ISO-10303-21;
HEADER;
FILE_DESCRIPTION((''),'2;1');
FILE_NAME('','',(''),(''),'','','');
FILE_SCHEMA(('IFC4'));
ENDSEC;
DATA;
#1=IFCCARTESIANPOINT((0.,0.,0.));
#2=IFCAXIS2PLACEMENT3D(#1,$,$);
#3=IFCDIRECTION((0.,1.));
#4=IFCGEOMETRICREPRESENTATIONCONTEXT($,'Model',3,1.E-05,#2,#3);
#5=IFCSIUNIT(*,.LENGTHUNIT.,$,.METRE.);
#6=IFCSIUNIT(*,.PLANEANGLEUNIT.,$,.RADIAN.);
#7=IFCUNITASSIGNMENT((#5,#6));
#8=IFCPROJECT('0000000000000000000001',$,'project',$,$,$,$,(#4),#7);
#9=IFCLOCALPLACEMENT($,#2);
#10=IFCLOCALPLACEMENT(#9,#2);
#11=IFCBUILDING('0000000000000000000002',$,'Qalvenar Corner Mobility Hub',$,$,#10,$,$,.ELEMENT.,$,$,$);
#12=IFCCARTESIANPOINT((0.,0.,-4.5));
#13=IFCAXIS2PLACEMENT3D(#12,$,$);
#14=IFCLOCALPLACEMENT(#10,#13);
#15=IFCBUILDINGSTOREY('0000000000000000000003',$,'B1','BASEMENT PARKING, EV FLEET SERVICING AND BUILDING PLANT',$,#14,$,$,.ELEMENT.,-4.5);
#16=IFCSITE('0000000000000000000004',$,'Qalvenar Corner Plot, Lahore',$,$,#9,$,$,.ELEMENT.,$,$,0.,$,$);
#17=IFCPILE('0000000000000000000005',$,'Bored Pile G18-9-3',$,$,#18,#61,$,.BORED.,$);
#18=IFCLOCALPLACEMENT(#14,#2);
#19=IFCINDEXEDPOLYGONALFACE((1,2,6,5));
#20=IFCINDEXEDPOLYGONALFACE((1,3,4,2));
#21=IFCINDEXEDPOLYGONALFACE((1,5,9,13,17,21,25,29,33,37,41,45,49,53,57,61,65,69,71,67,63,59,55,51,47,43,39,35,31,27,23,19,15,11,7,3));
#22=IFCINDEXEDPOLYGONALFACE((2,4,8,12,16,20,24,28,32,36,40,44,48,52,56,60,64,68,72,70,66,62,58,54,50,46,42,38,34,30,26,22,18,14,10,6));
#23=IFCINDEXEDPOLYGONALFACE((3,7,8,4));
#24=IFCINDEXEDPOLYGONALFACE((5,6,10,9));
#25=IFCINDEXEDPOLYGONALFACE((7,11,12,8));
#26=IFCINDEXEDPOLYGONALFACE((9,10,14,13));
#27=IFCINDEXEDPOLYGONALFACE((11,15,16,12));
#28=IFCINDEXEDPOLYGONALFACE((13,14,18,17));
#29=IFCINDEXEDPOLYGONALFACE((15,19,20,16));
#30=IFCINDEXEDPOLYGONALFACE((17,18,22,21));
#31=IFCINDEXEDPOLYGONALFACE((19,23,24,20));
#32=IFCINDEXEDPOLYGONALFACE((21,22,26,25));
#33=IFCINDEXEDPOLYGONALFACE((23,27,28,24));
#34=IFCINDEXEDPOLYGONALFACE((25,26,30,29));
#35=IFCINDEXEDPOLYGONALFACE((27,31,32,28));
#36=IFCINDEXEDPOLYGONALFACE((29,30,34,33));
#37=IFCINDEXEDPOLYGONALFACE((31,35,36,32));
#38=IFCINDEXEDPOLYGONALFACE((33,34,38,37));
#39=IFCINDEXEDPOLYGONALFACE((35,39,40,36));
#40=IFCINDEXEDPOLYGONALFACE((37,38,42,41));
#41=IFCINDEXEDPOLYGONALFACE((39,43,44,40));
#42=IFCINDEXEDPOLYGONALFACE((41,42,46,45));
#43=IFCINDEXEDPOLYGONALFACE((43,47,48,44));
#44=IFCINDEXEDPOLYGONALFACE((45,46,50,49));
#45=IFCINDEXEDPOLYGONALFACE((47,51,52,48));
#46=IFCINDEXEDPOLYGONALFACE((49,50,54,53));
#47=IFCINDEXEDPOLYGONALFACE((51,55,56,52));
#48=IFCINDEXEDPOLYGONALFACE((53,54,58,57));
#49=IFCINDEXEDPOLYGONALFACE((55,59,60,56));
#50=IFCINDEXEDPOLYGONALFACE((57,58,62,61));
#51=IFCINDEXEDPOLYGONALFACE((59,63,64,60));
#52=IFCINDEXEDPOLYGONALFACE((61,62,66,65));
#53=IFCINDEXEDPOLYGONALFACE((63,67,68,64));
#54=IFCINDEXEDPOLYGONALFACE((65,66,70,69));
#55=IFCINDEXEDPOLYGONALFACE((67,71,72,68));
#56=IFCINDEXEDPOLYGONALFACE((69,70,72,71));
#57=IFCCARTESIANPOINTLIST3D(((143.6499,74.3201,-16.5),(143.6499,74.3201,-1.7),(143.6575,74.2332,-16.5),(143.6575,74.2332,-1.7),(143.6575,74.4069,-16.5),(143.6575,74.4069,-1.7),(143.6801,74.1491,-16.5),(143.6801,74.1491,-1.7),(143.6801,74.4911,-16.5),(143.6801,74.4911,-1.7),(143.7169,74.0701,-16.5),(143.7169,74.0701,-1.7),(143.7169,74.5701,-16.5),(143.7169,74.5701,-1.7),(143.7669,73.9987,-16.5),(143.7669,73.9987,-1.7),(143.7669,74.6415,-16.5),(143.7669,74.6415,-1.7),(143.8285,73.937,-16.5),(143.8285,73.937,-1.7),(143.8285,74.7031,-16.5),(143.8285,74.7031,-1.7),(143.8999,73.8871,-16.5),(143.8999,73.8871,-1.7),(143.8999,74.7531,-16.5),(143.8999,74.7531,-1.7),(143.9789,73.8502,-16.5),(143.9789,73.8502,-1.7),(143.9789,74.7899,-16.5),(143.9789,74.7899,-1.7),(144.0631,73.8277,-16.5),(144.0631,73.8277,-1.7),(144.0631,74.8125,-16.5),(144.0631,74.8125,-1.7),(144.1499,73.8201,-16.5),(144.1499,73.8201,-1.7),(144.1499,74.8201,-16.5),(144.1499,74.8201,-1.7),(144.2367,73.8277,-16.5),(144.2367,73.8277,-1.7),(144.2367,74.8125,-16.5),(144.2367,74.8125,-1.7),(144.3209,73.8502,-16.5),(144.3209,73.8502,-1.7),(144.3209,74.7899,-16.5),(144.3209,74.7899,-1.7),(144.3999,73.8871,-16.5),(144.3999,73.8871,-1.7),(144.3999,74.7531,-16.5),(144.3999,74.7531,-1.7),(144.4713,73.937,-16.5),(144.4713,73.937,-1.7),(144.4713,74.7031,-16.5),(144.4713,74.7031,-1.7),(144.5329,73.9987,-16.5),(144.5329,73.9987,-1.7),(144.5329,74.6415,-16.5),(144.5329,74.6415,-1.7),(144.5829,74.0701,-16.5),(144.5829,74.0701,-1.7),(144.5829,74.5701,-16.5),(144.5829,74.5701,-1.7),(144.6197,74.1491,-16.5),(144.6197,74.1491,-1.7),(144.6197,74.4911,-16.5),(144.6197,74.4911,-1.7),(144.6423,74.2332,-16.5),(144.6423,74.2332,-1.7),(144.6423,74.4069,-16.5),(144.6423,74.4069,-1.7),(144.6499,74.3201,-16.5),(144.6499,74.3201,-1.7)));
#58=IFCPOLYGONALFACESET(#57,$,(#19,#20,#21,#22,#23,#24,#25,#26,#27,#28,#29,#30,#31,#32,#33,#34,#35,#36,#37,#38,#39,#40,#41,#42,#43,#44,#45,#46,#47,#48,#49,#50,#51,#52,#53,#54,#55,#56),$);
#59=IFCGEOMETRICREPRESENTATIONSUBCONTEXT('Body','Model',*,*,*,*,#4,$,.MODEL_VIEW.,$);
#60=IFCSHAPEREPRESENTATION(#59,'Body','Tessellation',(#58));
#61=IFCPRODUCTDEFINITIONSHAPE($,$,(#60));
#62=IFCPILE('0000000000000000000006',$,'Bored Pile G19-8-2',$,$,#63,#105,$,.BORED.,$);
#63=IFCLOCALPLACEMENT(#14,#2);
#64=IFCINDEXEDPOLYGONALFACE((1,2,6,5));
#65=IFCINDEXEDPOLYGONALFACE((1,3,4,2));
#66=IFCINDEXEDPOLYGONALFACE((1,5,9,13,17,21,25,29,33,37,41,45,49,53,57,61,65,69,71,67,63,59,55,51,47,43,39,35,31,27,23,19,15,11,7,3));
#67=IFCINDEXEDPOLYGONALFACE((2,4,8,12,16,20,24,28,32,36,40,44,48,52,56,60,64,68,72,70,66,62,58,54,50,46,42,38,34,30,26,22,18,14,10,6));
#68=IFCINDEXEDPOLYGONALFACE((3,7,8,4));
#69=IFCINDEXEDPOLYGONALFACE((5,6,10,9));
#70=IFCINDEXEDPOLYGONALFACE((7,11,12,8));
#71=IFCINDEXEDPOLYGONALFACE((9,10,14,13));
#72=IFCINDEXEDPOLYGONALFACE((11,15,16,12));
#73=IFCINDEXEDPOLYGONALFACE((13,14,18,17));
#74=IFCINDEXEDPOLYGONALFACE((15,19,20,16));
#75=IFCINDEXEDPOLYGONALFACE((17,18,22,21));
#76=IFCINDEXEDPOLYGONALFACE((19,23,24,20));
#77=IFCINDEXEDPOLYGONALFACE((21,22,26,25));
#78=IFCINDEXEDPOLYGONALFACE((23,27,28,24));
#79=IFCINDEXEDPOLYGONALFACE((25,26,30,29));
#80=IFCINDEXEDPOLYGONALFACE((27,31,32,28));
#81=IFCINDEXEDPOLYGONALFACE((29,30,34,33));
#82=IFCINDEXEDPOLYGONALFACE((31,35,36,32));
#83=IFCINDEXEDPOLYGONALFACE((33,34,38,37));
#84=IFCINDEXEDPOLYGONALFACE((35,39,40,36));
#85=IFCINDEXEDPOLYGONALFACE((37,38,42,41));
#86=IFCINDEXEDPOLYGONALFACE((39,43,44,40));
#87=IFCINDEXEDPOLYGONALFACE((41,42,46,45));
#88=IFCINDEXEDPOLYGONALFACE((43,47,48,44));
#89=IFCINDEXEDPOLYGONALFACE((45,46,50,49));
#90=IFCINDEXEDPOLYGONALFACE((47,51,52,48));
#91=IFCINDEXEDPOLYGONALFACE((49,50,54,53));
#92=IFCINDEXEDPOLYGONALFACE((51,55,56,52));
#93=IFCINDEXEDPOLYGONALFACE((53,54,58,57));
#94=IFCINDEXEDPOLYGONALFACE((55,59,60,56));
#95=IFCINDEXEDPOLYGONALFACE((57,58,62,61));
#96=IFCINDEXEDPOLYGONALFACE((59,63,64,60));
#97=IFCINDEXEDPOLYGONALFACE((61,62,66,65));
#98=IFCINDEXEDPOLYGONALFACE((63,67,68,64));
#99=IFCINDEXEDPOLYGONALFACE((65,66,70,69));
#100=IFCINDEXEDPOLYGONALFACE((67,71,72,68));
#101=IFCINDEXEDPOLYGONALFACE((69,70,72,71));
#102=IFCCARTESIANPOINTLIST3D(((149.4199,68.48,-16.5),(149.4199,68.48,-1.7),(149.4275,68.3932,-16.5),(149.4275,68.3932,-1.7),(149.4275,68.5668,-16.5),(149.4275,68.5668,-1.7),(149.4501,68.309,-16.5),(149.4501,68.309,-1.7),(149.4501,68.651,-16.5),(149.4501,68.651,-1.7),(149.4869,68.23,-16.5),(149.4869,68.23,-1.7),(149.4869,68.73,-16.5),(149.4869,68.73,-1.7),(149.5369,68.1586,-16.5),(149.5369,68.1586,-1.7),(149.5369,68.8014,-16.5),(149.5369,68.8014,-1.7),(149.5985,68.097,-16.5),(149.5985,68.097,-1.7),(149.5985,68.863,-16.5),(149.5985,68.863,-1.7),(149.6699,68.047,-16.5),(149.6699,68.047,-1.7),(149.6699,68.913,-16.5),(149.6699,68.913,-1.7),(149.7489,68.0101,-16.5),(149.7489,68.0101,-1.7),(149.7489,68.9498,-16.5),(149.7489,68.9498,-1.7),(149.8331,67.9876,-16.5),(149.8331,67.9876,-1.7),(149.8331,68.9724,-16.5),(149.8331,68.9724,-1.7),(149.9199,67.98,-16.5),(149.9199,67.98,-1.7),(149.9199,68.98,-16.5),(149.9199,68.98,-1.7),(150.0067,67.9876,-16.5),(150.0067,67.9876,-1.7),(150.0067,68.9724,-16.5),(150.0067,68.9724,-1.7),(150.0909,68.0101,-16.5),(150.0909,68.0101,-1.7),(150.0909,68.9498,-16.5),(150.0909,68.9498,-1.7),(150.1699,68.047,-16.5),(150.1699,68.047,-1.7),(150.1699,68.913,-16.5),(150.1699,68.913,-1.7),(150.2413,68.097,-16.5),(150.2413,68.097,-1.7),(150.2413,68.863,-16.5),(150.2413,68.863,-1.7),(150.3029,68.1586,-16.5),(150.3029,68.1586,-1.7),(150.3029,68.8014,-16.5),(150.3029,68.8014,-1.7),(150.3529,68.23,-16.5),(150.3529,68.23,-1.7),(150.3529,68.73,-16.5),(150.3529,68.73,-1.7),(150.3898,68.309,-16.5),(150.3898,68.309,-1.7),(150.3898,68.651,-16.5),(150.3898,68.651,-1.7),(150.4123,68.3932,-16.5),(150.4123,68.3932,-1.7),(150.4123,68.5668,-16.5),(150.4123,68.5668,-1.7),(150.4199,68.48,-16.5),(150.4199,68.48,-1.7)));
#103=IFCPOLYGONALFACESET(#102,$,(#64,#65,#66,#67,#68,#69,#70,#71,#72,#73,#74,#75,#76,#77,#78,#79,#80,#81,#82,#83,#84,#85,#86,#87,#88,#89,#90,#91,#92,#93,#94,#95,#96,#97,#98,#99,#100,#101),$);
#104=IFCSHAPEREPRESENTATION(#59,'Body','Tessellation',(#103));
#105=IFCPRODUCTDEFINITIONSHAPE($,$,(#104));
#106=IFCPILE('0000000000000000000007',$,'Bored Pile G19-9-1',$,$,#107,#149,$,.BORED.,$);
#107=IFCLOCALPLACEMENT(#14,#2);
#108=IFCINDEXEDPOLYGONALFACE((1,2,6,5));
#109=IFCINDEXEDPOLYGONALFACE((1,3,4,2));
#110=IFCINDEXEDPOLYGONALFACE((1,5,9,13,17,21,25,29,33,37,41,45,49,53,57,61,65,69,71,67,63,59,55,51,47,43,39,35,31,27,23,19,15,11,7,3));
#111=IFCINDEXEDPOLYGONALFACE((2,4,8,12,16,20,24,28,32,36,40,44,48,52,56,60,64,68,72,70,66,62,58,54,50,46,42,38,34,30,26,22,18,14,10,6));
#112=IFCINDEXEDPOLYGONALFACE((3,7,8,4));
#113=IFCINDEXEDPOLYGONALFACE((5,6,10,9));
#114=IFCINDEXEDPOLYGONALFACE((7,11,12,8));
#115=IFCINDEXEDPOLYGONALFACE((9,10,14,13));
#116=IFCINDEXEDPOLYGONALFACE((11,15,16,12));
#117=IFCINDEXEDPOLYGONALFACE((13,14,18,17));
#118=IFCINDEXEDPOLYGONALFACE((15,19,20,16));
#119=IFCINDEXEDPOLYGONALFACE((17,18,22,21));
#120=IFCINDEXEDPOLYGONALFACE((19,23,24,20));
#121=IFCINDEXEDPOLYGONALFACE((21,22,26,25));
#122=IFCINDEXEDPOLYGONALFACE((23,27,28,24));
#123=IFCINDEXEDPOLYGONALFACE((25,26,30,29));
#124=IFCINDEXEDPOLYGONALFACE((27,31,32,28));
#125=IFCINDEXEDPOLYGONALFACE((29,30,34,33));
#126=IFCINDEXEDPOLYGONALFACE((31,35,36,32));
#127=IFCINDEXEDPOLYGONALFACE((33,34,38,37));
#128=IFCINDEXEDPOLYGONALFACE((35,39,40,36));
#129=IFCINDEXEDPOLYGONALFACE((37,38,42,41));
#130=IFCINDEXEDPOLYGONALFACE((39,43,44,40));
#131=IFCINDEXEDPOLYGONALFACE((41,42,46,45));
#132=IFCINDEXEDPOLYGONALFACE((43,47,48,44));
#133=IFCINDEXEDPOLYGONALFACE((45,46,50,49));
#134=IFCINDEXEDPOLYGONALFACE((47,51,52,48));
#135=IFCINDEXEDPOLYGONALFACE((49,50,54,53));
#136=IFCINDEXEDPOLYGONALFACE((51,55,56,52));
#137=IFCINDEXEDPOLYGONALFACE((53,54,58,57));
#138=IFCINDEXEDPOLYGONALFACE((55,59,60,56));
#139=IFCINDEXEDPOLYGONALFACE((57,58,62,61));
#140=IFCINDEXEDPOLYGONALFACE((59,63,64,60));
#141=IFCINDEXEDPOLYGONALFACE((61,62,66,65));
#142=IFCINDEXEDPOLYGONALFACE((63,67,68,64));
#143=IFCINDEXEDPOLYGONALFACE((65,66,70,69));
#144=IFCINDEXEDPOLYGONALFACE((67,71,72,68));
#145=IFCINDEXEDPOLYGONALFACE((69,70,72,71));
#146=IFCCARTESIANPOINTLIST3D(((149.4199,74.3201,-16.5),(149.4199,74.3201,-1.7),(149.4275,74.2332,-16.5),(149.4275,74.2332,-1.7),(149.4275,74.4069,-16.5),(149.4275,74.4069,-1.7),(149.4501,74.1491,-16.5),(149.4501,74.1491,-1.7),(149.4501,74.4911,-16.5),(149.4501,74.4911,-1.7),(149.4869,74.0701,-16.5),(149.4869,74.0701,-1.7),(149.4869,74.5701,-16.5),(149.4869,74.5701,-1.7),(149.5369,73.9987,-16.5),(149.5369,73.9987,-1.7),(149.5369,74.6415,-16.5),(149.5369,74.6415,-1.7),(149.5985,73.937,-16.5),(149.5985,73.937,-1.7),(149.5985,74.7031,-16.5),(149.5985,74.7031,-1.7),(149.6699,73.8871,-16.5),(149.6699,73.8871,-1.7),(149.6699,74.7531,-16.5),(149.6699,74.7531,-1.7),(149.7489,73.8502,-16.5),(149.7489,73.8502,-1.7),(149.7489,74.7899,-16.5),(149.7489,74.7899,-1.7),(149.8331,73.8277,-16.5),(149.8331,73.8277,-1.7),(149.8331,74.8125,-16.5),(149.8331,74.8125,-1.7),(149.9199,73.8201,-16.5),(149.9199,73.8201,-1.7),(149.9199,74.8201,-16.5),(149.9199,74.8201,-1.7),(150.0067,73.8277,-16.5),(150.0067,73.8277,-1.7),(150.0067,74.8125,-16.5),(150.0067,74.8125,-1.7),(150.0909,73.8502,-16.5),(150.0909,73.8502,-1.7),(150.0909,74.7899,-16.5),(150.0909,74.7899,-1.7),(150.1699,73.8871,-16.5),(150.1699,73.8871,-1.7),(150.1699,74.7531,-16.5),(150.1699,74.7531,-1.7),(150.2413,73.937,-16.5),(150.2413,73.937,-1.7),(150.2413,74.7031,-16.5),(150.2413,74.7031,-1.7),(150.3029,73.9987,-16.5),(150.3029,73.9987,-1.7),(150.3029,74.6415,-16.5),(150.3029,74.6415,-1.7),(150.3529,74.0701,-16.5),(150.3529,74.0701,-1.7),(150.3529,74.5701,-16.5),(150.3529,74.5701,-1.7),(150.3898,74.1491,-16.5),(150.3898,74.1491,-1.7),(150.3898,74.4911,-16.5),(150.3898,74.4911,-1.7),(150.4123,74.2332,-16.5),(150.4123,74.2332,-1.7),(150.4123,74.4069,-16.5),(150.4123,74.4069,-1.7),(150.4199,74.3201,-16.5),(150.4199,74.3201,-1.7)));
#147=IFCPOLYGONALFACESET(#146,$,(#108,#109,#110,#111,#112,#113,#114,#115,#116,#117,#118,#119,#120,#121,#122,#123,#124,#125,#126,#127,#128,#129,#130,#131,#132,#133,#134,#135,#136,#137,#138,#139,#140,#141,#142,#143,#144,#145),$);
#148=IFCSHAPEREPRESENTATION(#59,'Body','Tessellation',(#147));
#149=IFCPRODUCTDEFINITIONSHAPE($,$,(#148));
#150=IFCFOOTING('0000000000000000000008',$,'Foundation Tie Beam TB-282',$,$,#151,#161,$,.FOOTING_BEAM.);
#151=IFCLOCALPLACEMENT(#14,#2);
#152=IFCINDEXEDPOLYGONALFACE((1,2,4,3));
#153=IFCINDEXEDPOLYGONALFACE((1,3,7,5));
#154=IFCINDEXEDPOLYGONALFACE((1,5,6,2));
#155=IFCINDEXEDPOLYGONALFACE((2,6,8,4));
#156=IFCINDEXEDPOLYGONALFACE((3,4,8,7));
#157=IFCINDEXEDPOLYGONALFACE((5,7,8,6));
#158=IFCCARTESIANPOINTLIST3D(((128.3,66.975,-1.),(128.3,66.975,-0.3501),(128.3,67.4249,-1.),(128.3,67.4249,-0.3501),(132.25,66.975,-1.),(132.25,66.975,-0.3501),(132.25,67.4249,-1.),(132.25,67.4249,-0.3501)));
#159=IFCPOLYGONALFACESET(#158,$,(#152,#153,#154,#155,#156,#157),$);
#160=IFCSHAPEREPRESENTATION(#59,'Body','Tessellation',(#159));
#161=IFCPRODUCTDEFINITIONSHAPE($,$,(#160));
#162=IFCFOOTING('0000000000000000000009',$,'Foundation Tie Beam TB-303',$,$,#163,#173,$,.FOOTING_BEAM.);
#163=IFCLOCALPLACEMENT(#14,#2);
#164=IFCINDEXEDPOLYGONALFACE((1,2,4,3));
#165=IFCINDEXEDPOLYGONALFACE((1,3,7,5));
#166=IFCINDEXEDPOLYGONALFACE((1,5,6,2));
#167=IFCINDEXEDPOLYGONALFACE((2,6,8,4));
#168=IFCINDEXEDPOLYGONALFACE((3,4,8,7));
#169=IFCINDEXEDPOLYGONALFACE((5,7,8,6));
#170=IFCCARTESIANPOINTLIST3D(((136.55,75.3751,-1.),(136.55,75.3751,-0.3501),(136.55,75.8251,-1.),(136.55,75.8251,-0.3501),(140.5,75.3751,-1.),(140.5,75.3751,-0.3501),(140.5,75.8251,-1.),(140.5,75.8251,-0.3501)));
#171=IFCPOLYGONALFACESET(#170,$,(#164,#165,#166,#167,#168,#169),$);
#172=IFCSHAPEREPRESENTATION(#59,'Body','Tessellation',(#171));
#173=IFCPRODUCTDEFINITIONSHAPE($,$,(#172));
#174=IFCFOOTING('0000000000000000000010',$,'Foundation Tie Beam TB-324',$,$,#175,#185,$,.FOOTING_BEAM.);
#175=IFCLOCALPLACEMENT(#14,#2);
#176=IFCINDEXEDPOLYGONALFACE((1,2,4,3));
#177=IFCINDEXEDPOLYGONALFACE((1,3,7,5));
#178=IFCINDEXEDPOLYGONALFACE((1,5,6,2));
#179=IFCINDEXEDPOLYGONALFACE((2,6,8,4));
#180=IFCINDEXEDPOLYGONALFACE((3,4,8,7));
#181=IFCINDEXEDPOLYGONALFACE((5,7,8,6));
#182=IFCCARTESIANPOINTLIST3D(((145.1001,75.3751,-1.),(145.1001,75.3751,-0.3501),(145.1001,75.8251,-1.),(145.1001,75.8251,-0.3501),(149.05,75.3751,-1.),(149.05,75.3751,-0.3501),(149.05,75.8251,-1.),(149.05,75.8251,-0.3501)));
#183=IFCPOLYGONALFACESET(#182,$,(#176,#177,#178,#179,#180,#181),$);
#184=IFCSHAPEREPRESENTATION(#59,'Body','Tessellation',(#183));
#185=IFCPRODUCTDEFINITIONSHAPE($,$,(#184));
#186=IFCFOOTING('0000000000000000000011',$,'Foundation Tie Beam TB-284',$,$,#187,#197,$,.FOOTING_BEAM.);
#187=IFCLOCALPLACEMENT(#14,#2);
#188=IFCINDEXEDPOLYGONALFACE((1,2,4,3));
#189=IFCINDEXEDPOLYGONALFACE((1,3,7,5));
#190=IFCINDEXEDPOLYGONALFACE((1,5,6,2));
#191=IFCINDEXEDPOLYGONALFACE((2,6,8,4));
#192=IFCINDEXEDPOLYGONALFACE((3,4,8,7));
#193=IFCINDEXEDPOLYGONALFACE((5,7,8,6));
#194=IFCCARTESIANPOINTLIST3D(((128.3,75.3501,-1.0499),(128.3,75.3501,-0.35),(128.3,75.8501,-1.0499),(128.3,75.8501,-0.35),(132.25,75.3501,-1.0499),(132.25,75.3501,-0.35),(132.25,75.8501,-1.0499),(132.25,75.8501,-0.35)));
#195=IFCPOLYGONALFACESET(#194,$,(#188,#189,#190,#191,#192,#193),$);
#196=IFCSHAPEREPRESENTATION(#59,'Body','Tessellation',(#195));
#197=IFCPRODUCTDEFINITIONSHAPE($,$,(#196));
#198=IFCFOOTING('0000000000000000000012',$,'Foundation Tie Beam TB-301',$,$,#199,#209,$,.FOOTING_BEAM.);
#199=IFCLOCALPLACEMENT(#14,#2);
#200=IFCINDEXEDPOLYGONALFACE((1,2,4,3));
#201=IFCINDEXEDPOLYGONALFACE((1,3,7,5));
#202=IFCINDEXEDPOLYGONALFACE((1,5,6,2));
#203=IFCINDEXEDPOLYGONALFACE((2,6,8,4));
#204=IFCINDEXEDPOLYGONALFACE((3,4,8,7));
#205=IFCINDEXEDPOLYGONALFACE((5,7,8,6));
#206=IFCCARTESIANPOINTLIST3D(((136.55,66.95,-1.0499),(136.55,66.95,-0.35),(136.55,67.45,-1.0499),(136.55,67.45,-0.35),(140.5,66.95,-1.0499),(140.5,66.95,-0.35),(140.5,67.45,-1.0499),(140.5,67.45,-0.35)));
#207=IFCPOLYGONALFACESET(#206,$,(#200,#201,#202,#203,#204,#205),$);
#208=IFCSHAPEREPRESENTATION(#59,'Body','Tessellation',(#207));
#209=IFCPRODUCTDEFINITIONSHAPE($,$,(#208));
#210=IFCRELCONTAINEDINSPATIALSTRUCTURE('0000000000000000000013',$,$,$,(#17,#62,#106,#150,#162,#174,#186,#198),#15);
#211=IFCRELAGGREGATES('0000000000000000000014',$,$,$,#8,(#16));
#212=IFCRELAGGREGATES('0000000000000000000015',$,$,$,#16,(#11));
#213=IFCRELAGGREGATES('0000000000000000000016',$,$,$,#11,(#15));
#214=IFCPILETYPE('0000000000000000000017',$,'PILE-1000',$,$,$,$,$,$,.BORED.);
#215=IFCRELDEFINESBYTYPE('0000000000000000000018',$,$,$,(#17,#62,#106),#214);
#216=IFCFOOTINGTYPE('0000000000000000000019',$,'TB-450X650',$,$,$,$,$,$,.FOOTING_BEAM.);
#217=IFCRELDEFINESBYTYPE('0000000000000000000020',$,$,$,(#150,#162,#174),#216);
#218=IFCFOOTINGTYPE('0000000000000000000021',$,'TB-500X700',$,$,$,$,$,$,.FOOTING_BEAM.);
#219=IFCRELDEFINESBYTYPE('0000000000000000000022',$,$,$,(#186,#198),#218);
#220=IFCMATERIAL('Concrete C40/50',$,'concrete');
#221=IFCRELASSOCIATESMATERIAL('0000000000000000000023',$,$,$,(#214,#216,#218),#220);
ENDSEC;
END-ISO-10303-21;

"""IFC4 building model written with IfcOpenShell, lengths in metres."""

from ifc_helpers import new_model, si_unit, direction, frame, origin, origin_2d, place, context, subcontext, project, spatial, rectangle, circle, extrude, material, material_profile, profile_set, type_object, element, save


model = new_model("IFC4")

# Units and contexts
model_context = context("Model", 3, precision=1e-05, world=origin(), true_north=direction((0.0, 1.0)))
body_context = subcontext(model_context, "Body", "Model", "MODEL_VIEW")
ifc_project = project(units=[si_unit("LENGTHUNIT", "METRE"), si_unit("PLANEANGLEUNIT", "RADIAN")], contexts=[model_context])

# Site, building, storey
site_placement = place(None, origin())
site = spatial("IfcSite", under=ifc_project, at=site_placement, Name="Qalvenar Corner Plot, Lahore", CompositionType="ELEMENT", RefElevation=0.0)
building_placement = place(site_placement, origin())
building = spatial("IfcBuilding", under=site, at=building_placement, Name="Qalvenar Corner Mobility Hub", CompositionType="ELEMENT")
storey_placement = place(building_placement, frame((0.0, 0.0, -4.5)))
storey = spatial("IfcBuildingStorey", under=building, at=storey_placement, Name="B1", Description="BASEMENT PARKING, EV FLEET SERVICING AND BUILDING PLANT", CompositionType="ELEMENT", Elevation=-4.5)

# Shared definitions
ifc_material_1 = material(Name="Concrete C40/50", Category="concrete")

# Piles
ifc_material_profile_1 = material_profile(ifc_material_1, circle(Radius=0.5, at=origin_2d()), Name="DIA1000")
ifc_profile_set_1 = profile_set([ifc_material_profile_1], Name="Concrete C40/50")
pile_type = type_object("IfcPileType", Name="PILE-1000", PredefinedType="BORED", material=ifc_profile_set_1)
for number, where, z_axis, x_axis, name in (
    (1, (144.1499, 74.3201, -1.7), (0.0, 0.0, -1.0), (1.0, 0.0, 0.0), "Bored Pile G18-9-3"),
    (2, (149.9199, 68.48, -1.7), (0.0, 0.0, -1.0), (1.0, 0.0, 0.0), "Bored Pile G19-8-2"),
    (3, (149.9199, 74.3201, -1.7), (0.0, 0.0, -1.0), (1.0, 0.0, 0.0), "Bored Pile G19-9-1"),
):
    element("IfcPile", number, at=place(storey_placement, frame(where, z_axis=z_axis, x_axis=x_axis)), inside=storey, type_object=pile_type, Name=name, PredefinedType="BORED", context=body_context, shape_type="SweptSolid", body=[
        extrude(circle(Radius=0.5, at=origin_2d()), origin(), (0.0, 0.0, 1.0), 14.8),
    ])

# Footings
ifc_material_profile_2 = material_profile(ifc_material_1, rectangle(XDim=0.45, YDim=0.6499, at=origin_2d()), Name="RC450x650")
ifc_profile_set_2 = profile_set([ifc_material_profile_2], Name="Concrete C40/50")
footing_type_1 = type_object("IfcFootingType", Name="TB-450X650", PredefinedType="FOOTING_BEAM", material=ifc_profile_set_2)
for number, where, z_axis, x_axis, name in (
    (4, (128.3, 67.2, -0.675), (1.0, 0.0, 0.0), (0.0, 1.0, 0.0), "Foundation Tie Beam TB-282"),
    (5, (136.55, 75.6001, -0.675), (1.0, 0.0, 0.0), (0.0, 1.0, 0.0), "Foundation Tie Beam TB-303"),
    (6, (145.1001, 75.6001, -0.675), (1.0, 0.0, 0.0), (0.0, 1.0, 0.0), "Foundation Tie Beam TB-324"),
):
    element("IfcFooting", number, at=place(storey_placement, frame(where, z_axis=z_axis, x_axis=x_axis)), inside=storey, type_object=footing_type_1, Name=name, PredefinedType="FOOTING_BEAM", context=body_context, shape_type="SweptSolid", body=[
        extrude(rectangle(XDim=0.45, YDim=0.6499, at=origin_2d()), origin(), (0.0, 0.0, 1.0), 3.95),
    ])
ifc_material_profile_3 = material_profile(ifc_material_1, rectangle(XDim=0.5, YDim=0.7, at=origin_2d()), Name="RC500x700")
ifc_profile_set_3 = profile_set([ifc_material_profile_3], Name="Concrete C40/50")
footing_type_2 = type_object("IfcFootingType", Name="TB-500X700", PredefinedType="FOOTING_BEAM", material=ifc_profile_set_3)
for number, where, z_axis, x_axis, name in (
    (7, (128.3, 75.6001, -0.7), (1.0, 0.0, 0.0), (0.0, 1.0, 0.0), "Foundation Tie Beam TB-284"),
    (8, (136.55, 67.2, -0.7), (1.0, 0.0, 0.0), (0.0, 1.0, 0.0), "Foundation Tie Beam TB-301"),
):
    element("IfcFooting", number, at=place(storey_placement, frame(where, z_axis=z_axis, x_axis=x_axis)), inside=storey, type_object=footing_type_2, Name=name, PredefinedType="FOOTING_BEAM", context=body_context, shape_type="SweptSolid", body=[
        extrude(rectangle(XDim=0.5, YDim=0.7, at=origin_2d()), origin(), (0.0, 0.0, 1.0), 3.95),
    ])

save(model, "model.ifc")
